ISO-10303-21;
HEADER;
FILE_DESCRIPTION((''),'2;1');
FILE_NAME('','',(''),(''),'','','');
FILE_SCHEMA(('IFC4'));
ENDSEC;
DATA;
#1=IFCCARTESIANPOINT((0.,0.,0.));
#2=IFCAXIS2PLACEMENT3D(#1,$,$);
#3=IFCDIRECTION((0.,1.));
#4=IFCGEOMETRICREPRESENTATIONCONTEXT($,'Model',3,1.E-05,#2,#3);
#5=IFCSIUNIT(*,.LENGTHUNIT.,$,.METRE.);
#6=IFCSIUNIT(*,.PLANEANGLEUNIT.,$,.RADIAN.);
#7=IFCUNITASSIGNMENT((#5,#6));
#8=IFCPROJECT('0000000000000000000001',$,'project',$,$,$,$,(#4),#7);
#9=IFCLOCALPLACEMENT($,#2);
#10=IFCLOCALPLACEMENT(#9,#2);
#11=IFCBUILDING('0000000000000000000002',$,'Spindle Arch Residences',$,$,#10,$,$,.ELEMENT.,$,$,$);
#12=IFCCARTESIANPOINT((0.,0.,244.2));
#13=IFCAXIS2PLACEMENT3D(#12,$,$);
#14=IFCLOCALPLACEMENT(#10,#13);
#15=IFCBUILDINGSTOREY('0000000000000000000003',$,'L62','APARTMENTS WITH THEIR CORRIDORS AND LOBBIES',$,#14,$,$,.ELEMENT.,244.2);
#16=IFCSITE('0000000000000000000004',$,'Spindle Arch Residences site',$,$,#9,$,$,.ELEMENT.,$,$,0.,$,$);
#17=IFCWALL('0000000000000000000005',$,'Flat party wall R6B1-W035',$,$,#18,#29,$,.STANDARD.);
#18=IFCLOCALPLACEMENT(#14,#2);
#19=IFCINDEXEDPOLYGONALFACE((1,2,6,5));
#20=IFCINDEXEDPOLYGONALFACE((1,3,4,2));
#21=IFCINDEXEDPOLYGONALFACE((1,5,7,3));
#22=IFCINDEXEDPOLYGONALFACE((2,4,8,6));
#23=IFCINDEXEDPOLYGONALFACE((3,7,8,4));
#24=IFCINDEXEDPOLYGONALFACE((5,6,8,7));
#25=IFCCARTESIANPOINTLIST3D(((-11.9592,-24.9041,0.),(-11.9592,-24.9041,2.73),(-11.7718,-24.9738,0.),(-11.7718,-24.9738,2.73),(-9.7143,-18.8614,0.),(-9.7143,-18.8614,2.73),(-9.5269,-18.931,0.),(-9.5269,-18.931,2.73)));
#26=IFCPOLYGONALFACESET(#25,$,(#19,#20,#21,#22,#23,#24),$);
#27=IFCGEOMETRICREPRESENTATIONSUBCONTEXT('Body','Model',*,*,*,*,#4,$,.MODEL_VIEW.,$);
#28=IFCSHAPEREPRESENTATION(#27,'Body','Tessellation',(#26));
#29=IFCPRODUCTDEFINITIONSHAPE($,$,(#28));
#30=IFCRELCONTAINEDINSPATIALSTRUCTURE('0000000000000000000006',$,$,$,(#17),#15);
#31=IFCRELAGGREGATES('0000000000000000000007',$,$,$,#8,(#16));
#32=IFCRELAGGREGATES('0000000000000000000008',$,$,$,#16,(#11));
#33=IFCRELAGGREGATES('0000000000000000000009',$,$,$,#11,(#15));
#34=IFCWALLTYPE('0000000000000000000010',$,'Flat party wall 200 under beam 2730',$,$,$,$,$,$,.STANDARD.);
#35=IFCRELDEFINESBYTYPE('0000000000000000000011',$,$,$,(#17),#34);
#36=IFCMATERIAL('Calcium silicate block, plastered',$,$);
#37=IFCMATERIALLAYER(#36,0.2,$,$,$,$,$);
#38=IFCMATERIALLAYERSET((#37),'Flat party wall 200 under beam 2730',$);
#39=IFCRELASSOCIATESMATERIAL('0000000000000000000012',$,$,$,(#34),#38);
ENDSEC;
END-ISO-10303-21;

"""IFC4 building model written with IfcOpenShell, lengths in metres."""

from ifc_helpers import new_model, si_unit, direction, frame, frame_2d, origin, place, context, subcontext, project, spatial, rectangle, extrude, material, layer, layer_set, type_object, element, save


model = new_model("IFC4")

# Units and contexts
model_context = context("Model", 3, precision=1e-05, world=origin(), true_north=direction((0.0, 1.0)))
body_context = subcontext(model_context, "Body", "Model", "MODEL_VIEW")
ifc_project = project(units=[si_unit("LENGTHUNIT", "METRE"), si_unit("PLANEANGLEUNIT", "RADIAN")], contexts=[model_context])

# Site, building, storey
site_placement = place(None, origin())
site = spatial("IfcSite", under=ifc_project, at=site_placement, Name="Spindle Arch Residences site", CompositionType="ELEMENT", RefElevation=0.0)
building_placement = place(site_placement, origin())
building = spatial("IfcBuilding", under=site, at=building_placement, Name="Spindle Arch Residences", CompositionType="ELEMENT")
storey_placement = place(building_placement, frame((0.0, 0.0, 244.2)))
storey = spatial("IfcBuildingStorey", under=building, at=storey_placement, Name="L62", Description="APARTMENTS WITH THEIR CORRIDORS AND LOBBIES", CompositionType="ELEMENT", Elevation=244.2)

# Wall
ifc_material_1 = material(Name="Calcium silicate block, plastered")
ifc_layer_1 = layer(ifc_material_1, 0.2)
ifc_layer_set_1 = layer_set([ifc_layer_1], Name="Flat party wall 200 under beam 2730")
wall_type_1 = type_object("IfcWallType", Name="Flat party wall 200 under beam 2730", PredefinedType="STANDARD", material=ifc_layer_set_1)
wall_1_placement = place(storey_placement, frame((-11.8655, -24.939, 0.0), z_axis=(0.0, 0.0, 1.0), x_axis=(0.348245, 0.937403, 0.0)))
element("IfcWall", 1, at=wall_1_placement, inside=storey, type_object=wall_type_1, Name="Flat party wall R6B1-W035", PredefinedType="STANDARD", context=body_context, shape_type="SweptSolid", body=[
    extrude(rectangle(XDim=6.4463, YDim=0.2, at=frame_2d((3.2231, 0.0))), origin(), (0.0, 0.0, 1.0), 2.73),
])

save(model, "model.ifc")
